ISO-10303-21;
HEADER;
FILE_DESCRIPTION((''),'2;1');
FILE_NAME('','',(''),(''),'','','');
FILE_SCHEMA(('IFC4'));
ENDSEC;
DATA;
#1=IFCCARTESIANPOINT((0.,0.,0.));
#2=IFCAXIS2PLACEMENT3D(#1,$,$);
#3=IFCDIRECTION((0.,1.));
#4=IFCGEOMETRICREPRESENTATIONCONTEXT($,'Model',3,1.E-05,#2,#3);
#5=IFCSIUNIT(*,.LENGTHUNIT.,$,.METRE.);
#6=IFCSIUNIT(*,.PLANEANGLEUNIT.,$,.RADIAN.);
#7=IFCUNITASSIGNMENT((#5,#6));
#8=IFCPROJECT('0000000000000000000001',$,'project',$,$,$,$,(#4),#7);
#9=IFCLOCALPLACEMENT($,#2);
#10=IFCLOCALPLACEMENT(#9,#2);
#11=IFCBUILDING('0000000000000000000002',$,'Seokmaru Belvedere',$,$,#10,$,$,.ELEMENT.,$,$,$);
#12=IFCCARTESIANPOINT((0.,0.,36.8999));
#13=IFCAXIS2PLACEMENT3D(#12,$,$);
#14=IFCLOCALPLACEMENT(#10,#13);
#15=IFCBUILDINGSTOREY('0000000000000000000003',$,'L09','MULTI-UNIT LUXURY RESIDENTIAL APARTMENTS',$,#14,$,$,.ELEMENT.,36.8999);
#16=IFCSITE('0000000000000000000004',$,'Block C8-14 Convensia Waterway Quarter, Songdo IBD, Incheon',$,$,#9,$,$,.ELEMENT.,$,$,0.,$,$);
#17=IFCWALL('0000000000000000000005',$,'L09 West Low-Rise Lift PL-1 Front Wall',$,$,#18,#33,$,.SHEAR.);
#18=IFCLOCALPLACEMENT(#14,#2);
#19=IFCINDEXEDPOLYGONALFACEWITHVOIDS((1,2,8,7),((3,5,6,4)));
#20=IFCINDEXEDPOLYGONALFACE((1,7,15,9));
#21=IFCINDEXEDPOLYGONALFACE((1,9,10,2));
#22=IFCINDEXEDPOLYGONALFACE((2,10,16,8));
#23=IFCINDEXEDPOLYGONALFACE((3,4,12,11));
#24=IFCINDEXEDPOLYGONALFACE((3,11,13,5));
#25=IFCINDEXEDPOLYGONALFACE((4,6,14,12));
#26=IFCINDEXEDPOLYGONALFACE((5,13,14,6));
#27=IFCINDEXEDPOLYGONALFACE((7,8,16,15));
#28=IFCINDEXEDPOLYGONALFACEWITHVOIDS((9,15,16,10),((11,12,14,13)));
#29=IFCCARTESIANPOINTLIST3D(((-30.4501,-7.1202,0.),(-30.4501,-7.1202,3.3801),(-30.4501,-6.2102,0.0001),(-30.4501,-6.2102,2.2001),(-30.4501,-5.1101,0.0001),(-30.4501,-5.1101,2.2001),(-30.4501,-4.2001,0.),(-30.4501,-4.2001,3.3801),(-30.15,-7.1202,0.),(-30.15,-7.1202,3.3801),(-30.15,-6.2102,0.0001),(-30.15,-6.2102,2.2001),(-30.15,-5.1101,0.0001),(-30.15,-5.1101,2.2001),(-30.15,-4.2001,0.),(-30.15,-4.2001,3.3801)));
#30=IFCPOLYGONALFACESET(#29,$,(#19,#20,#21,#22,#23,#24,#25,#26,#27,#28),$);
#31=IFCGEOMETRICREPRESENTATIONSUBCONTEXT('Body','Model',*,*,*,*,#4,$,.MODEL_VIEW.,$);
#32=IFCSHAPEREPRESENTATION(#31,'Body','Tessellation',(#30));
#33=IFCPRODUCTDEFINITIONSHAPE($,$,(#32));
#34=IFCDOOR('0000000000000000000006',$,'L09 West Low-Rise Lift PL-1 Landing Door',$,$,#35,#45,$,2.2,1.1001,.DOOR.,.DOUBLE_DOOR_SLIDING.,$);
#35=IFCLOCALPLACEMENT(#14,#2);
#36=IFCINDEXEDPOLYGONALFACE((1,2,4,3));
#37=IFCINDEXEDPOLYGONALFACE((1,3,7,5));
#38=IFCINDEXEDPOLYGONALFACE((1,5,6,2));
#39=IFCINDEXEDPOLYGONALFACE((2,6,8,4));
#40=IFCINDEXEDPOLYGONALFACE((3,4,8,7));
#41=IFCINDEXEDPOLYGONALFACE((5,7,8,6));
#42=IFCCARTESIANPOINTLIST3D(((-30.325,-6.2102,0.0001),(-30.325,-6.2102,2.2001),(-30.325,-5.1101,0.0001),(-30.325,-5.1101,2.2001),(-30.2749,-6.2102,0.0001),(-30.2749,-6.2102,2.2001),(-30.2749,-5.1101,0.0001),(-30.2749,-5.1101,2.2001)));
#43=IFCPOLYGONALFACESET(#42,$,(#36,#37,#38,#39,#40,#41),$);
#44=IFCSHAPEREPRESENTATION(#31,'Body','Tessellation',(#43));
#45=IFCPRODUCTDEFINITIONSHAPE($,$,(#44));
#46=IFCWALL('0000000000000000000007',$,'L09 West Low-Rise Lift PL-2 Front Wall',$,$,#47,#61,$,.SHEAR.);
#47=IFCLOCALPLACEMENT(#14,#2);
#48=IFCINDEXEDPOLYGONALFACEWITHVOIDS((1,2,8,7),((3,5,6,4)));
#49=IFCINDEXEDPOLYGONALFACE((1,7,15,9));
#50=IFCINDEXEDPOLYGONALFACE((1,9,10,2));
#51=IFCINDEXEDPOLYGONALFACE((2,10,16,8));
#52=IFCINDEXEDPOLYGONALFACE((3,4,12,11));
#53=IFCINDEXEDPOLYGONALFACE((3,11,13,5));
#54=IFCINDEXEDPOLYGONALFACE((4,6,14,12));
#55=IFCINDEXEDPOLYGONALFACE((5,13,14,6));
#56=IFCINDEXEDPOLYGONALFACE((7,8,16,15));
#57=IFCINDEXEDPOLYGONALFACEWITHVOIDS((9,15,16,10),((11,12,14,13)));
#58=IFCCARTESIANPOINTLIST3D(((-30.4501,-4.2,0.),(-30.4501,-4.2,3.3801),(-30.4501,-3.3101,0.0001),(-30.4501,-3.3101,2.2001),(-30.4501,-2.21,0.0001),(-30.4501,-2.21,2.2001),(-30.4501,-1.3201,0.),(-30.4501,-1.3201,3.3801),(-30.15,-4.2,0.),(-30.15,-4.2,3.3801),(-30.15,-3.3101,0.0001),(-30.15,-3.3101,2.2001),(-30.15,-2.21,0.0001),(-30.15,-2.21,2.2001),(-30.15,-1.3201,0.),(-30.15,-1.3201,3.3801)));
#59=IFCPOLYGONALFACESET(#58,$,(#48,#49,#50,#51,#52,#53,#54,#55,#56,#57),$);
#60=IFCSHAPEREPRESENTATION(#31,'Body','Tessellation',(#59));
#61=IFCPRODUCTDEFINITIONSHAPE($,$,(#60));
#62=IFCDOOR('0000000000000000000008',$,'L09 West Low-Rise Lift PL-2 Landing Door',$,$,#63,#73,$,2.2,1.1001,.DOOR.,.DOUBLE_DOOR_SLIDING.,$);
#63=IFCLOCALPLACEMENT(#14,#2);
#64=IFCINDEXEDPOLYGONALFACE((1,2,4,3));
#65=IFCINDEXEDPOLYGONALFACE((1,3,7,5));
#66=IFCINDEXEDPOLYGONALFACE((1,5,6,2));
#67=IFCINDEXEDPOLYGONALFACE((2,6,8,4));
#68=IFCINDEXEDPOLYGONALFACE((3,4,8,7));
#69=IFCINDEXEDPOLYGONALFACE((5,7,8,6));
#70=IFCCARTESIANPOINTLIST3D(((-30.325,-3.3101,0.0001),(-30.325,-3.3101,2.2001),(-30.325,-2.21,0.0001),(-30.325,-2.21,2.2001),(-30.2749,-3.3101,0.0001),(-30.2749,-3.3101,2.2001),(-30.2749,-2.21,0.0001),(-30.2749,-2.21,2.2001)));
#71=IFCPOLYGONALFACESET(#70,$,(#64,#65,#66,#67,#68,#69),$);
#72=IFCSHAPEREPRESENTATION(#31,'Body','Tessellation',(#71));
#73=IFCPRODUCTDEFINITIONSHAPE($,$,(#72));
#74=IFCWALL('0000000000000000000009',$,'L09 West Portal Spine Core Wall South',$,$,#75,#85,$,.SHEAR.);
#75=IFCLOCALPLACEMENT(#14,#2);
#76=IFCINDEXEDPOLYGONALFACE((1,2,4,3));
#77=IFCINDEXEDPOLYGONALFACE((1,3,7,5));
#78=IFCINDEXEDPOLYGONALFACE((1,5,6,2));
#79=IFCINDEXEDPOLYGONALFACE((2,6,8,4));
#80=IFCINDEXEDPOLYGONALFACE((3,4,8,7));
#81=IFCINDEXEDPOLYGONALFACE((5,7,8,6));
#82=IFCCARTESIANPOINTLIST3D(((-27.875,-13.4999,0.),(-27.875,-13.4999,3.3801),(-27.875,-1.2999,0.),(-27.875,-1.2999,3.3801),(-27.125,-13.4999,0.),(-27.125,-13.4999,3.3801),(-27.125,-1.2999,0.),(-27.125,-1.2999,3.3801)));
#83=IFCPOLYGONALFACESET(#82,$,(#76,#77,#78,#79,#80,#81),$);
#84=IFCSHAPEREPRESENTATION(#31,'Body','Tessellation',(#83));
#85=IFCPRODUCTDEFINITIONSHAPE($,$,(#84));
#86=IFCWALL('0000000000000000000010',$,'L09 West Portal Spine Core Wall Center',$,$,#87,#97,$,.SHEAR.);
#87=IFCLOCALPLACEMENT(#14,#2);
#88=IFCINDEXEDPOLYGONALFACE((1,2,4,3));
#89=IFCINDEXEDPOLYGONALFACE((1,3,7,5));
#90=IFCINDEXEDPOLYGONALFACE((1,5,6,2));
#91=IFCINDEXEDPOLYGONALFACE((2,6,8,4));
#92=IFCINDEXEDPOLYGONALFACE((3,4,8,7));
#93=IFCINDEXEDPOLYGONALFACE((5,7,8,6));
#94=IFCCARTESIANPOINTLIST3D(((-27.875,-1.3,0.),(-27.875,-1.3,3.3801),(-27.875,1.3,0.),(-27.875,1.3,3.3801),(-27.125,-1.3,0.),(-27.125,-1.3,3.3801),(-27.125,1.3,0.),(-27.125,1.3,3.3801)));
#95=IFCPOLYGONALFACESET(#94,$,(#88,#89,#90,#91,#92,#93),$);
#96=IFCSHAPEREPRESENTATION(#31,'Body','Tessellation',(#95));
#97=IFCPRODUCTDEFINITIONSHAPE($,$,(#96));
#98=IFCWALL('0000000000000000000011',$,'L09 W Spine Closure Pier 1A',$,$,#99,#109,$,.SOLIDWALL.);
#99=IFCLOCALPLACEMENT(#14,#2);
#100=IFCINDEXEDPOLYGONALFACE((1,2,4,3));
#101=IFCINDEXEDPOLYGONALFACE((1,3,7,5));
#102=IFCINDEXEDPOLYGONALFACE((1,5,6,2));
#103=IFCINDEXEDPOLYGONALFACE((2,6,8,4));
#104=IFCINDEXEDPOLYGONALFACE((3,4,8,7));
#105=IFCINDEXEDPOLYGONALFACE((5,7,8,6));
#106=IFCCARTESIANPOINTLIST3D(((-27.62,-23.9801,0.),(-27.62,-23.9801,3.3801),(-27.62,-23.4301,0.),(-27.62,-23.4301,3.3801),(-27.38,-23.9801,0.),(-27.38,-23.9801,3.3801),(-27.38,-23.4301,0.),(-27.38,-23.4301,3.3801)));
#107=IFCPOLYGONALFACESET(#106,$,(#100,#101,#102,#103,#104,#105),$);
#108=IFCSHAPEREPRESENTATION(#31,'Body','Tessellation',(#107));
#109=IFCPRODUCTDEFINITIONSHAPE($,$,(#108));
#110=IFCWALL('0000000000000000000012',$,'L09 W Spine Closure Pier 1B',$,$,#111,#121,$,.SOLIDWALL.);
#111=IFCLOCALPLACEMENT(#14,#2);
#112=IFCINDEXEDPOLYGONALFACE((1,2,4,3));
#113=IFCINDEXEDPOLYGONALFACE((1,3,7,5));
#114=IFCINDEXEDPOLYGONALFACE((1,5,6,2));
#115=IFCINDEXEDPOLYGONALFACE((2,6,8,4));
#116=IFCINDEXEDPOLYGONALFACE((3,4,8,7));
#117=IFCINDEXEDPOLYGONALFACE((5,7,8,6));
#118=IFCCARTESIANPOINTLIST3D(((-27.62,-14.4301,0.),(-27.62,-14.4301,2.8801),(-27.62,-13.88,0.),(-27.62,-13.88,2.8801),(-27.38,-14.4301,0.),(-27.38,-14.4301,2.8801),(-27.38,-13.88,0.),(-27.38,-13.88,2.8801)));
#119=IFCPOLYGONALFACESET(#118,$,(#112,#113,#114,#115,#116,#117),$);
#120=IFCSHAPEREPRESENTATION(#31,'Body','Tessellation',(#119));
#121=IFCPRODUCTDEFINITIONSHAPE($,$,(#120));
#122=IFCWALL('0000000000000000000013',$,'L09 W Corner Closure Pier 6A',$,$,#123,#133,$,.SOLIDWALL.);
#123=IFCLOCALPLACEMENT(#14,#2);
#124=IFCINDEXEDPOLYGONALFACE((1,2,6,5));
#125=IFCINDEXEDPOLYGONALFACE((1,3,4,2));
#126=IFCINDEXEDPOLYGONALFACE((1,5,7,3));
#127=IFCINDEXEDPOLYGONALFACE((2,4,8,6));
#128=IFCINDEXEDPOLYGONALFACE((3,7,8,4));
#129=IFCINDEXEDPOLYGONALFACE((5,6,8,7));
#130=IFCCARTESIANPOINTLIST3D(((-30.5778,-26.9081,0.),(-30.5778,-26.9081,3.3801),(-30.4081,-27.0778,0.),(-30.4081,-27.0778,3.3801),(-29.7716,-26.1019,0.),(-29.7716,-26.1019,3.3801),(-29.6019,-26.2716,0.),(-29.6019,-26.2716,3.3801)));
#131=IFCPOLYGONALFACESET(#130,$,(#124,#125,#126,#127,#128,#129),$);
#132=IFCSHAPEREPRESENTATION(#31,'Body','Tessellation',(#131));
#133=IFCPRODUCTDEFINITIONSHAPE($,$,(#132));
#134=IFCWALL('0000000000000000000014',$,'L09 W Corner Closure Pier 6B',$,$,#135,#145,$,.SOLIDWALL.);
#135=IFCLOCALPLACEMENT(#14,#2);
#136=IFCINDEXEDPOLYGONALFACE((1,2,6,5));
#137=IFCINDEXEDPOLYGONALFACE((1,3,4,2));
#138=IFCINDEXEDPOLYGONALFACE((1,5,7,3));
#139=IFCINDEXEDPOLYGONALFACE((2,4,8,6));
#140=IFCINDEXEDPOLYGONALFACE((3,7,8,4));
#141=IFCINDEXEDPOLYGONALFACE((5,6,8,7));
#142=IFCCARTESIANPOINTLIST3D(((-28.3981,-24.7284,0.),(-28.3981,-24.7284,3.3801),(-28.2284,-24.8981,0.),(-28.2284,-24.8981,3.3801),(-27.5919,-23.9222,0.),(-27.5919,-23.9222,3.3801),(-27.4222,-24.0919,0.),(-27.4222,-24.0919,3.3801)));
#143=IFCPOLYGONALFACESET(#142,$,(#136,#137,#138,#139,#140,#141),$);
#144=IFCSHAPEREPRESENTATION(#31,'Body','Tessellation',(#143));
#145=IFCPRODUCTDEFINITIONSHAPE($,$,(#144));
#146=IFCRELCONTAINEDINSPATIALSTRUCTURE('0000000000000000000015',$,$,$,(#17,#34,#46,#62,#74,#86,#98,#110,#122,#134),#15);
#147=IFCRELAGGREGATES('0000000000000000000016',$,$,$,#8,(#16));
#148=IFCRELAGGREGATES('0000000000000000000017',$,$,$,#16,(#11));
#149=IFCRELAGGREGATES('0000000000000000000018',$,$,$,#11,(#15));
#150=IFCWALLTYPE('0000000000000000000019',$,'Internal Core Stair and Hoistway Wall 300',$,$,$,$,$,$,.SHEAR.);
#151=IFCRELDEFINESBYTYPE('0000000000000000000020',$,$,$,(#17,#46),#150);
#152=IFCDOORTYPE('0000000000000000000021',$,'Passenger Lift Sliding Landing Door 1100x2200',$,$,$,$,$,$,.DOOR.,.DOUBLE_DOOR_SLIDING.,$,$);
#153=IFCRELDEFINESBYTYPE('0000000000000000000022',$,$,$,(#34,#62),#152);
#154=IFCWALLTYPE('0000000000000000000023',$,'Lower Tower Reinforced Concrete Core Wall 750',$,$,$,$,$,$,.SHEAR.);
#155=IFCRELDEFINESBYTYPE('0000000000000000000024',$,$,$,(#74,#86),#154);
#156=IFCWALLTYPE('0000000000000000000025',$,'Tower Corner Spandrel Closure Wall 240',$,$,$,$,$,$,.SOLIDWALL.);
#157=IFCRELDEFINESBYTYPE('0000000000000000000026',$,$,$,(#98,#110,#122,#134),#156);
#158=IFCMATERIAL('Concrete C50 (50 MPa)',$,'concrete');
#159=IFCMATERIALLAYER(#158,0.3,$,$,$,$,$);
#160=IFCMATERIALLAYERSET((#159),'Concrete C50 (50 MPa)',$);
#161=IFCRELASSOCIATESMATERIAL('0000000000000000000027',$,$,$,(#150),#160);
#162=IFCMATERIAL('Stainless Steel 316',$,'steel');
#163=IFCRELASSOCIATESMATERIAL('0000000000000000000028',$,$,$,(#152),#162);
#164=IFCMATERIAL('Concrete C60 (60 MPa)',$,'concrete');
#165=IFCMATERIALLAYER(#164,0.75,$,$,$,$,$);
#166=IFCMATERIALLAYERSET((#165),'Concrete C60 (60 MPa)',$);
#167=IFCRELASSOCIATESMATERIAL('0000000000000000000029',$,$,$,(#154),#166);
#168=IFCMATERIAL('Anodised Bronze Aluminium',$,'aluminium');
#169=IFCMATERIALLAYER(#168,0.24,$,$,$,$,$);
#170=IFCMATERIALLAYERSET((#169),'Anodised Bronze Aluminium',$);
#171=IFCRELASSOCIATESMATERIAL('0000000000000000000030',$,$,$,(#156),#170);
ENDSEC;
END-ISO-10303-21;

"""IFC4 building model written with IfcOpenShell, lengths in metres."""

from ifc_helpers import new_model, si_unit, direction, frame, frame_2d, origin, place, context, subcontext, project, spatial, rectangle, extrude, source, transform, mapped, material, layer, layer_set, type_object, type_shapes, element, fill, save


model = new_model("IFC4")

# Units and contexts
model_context = context("Model", 3, precision=1e-05, world=origin(), true_north=direction((0.0, 1.0)))
body_context = subcontext(model_context, "Body", "Model", "MODEL_VIEW")
ifc_project = project(units=[si_unit("LENGTHUNIT", "METRE"), si_unit("PLANEANGLEUNIT", "RADIAN")], contexts=[model_context])

# Site, building, storey
site_placement = place(None, origin())
site = spatial("IfcSite", under=ifc_project, at=site_placement, Name="Block C8-14 Convensia Waterway Quarter, Songdo IBD, Incheon", CompositionType="ELEMENT", RefElevation=0.0)
building_placement = place(site_placement, origin())
building = spatial("IfcBuilding", under=site, at=building_placement, Name="Seokmaru Belvedere", CompositionType="ELEMENT")
storey_placement = place(building_placement, frame((0.0, 0.0, 36.8999)))
storey = spatial("IfcBuildingStorey", under=building, at=storey_placement, Name="L09", Description="MULTI-UNIT LUXURY RESIDENTIAL APARTMENTS", CompositionType="ELEMENT", Elevation=36.8999)

# Shared definitions
ifc_material_1 = material(Name="Anodised Bronze Aluminium", Category="aluminium")

# Shared definitions
ifc_material_2 = material(Name="Concrete C50 (50 MPa)", Category="concrete")

# Walls, openings, doors
ifc_layer_1 = layer(ifc_material_2, 0.3)
ifc_layer_set_1 = layer_set([ifc_layer_1], Name="Concrete C50 (50 MPa)")
wall_type_1 = type_object("IfcWallType", Name="Internal Core Stair and Hoistway Wall 300", PredefinedType="SHEAR", material=ifc_layer_set_1)
ifc_material_3 = material(Name="Stainless Steel 316", Category="steel")
wall_1_placement = place(storey_placement, frame((-30.3, -7.1201, 0.0), z_axis=(0.0, 0.0, 1.0), x_axis=(0.0, 1.0, 0.0)))
wall_1 = element("IfcWall", 1, at=wall_1_placement, inside=storey, type_object=wall_type_1, Name="L09 West Low-Rise Lift PL-1 Front Wall", PredefinedType="SHEAR", context=body_context, shape_type="SweptSolid", body=[
    extrude(rectangle(XDim=2.9202, YDim=0.3, at=frame_2d((1.46, 0.0))), origin(), (0.0, 0.0, 1.0), 3.3801),
])
opening_1_placement = place(wall_1_placement, frame((0.9099, 0.0, 0.0)))
opening_1 = element("IfcOpeningElement", 2, at=opening_1_placement, cuts=wall_1, PredefinedType="OPENING", context=body_context, shape_type="SweptSolid", body=[
    extrude(rectangle(XDim=1.1001, YDim=2.2, at=frame_2d((0.55, 1.1001))), frame((0.0, 0.1602, 0.0), z_axis=(0.0, -1.0, 0.0), x_axis=(1.0, 0.0, 0.0)), (0.0, 0.0, 1.0), 0.3201),
])
door_type_1 = type_object("IfcDoorType", Name="Passenger Lift Sliding Landing Door 1100x2200", OperationType="DOUBLE_DOOR_SLIDING", PredefinedType="DOOR", material=ifc_material_3)
shared_shape_1 = source(origin(), body_context, "Body", "SweptSolid", [
    extrude(rectangle(XDim=1.1001, YDim=2.2, at=frame_2d((0.55, 1.1001))), frame((0.0, 0.0249, 0.0), z_axis=(0.0, -1.0, 0.0), x_axis=(1.0, 0.0, 0.0)), (0.0, 0.0, 1.0), 0.05),
])
type_shapes(door_type_1, [shared_shape_1])
door_1_placement = place(opening_1_placement, origin())
door_1 = element("IfcDoor", 3, at=door_1_placement, inside=storey, type_object=door_type_1, Name="L09 West Low-Rise Lift PL-1 Landing Door", OperationType="DOUBLE_DOOR_SLIDING", OverallHeight=2.2, OverallWidth=1.1001, PredefinedType="DOOR", context=body_context, shape_type="MappedRepresentation", body=[
    mapped(shared_shape_1, transform((0.0, 0.0, 0.0), scale=1.0)),
])
fill(opening_1, door_1)
wall_2_placement = place(storey_placement, frame((-30.3, -4.2, 0.0), z_axis=(0.0, 0.0, 1.0), x_axis=(0.0, 1.0, 0.0)))
wall_2 = element("IfcWall", 4, at=wall_2_placement, inside=storey, type_object=wall_type_1, Name="L09 West Low-Rise Lift PL-2 Front Wall", PredefinedType="SHEAR", context=body_context, shape_type="SweptSolid", body=[
    extrude(rectangle(XDim=2.8799, YDim=0.3, at=frame_2d((1.4399, 0.0))), origin(), (0.0, 0.0, 1.0), 3.3801),
])
opening_2_placement = place(wall_2_placement, frame((0.8899, 0.0, 0.0)))
opening_2 = element("IfcOpeningElement", 5, at=opening_2_placement, cuts=wall_2, PredefinedType="OPENING", context=body_context, shape_type="SweptSolid", body=[
    extrude(rectangle(XDim=1.1001, YDim=2.2, at=frame_2d((0.55, 1.1001))), frame((0.0, 0.1602, 0.0), z_axis=(0.0, -1.0, 0.0), x_axis=(1.0, 0.0, 0.0)), (0.0, 0.0, 1.0), 0.3201),
])
door_2_placement = place(opening_2_placement, origin())
door_2 = element("IfcDoor", 6, at=door_2_placement, inside=storey, type_object=door_type_1, Name="L09 West Low-Rise Lift PL-2 Landing Door", OperationType="DOUBLE_DOOR_SLIDING", OverallHeight=2.2, OverallWidth=1.1001, PredefinedType="DOOR", context=body_context, shape_type="MappedRepresentation", body=[
    mapped(shared_shape_1, transform((0.0, 0.0, 0.0), scale=1.0)),
])
fill(opening_2, door_2)

# Walls
ifc_material_4 = material(Name="Concrete C60 (60 MPa)", Category="concrete")
ifc_layer_2 = layer(ifc_material_4, 0.75)
ifc_layer_set_2 = layer_set([ifc_layer_2], Name="Concrete C60 (60 MPa)")
wall_type_2 = type_object("IfcWallType", Name="Lower Tower Reinforced Concrete Core Wall 750", PredefinedType="SHEAR", material=ifc_layer_set_2)
wall_3_placement = place(storey_placement, frame((-27.5, -13.5, 0.0), z_axis=(0.0, 0.0, 1.0), x_axis=(0.0, 1.0, 0.0)))
element("IfcWall", 7, at=wall_3_placement, inside=storey, type_object=wall_type_2, Name="L09 West Portal Spine Core Wall South", PredefinedType="SHEAR", context=body_context, shape_type="SweptSolid", body=[
    extrude(rectangle(XDim=12.2, YDim=0.75, at=frame_2d((6.1001, 0.0))), origin(), (0.0, 0.0, 1.0), 3.3801),
])
wall_4_placement = place(storey_placement, frame((-27.5, -1.3, 0.0), z_axis=(0.0, 0.0, 1.0), x_axis=(0.0, 1.0, 0.0)))
element("IfcWall", 8, at=wall_4_placement, inside=storey, type_object=wall_type_2, Name="L09 West Portal Spine Core Wall Center", PredefinedType="SHEAR", context=body_context, shape_type="SweptSolid", body=[
    extrude(rectangle(XDim=2.6001, YDim=0.75, at=frame_2d((1.3, 0.0))), origin(), (0.0, 0.0, 1.0), 3.3801),
])
ifc_layer_3 = layer(ifc_material_1, 0.24)
ifc_layer_set_3 = layer_set([ifc_layer_3], Name="Anodised Bronze Aluminium")
wall_type_3 = type_object("IfcWallType", Name="Tower Corner Spandrel Closure Wall 240", PredefinedType="SOLIDWALL", material=ifc_layer_set_3)
wall_5_placement = place(storey_placement, frame((-27.5, -23.98, 0.0), z_axis=(0.0, 0.0, 1.0), x_axis=(0.0, 1.0, 0.0)))
element("IfcWall", 9, at=wall_5_placement, inside=storey, type_object=wall_type_3, Name="L09 W Spine Closure Pier 1A", PredefinedType="SOLIDWALL", context=body_context, shape_type="SweptSolid", body=[
    extrude(rectangle(XDim=0.55, YDim=0.24, at=frame_2d((0.2749, 0.0))), origin(), (0.0, 0.0, 1.0), 3.3801),
])
wall_6_placement = place(storey_placement, frame((-27.5, -14.4299, 0.0), z_axis=(0.0, 0.0, 1.0), x_axis=(0.0, 1.0, 0.0)))
element("IfcWall", 10, at=wall_6_placement, inside=storey, type_object=wall_type_3, Name="L09 W Spine Closure Pier 1B", PredefinedType="SOLIDWALL", context=body_context, shape_type="SweptSolid", body=[
    extrude(rectangle(XDim=0.55, YDim=0.24, at=frame_2d((0.2749, 0.0))), origin(), (0.0, 0.0, 1.0), 2.8801),
])
for number, where, z_axis, x_axis, name in (
    (11, (-30.4929, -26.9929, 0.0), (0.0, 0.0, 1.0), (0.707107, 0.707107, 0.0), "L09 W Corner Closure Pier 6A"),
    (12, (-28.3132, -24.8132, 0.0), (0.0, 0.0, 1.0), (0.707107, 0.707107, 0.0), "L09 W Corner Closure Pier 6B"),
):
    element("IfcWall", number, at=place(storey_placement, frame(where, z_axis=z_axis, x_axis=x_axis)), inside=storey, type_object=wall_type_3, Name=name, PredefinedType="SOLIDWALL", context=body_context, shape_type="SweptSolid", body=[
        extrude(rectangle(XDim=1.1401, YDim=0.24, at=frame_2d((0.5701, 0.0))), origin(), (0.0, 0.0, 1.0), 3.3801),
    ])

save(model, "model.ifc")
